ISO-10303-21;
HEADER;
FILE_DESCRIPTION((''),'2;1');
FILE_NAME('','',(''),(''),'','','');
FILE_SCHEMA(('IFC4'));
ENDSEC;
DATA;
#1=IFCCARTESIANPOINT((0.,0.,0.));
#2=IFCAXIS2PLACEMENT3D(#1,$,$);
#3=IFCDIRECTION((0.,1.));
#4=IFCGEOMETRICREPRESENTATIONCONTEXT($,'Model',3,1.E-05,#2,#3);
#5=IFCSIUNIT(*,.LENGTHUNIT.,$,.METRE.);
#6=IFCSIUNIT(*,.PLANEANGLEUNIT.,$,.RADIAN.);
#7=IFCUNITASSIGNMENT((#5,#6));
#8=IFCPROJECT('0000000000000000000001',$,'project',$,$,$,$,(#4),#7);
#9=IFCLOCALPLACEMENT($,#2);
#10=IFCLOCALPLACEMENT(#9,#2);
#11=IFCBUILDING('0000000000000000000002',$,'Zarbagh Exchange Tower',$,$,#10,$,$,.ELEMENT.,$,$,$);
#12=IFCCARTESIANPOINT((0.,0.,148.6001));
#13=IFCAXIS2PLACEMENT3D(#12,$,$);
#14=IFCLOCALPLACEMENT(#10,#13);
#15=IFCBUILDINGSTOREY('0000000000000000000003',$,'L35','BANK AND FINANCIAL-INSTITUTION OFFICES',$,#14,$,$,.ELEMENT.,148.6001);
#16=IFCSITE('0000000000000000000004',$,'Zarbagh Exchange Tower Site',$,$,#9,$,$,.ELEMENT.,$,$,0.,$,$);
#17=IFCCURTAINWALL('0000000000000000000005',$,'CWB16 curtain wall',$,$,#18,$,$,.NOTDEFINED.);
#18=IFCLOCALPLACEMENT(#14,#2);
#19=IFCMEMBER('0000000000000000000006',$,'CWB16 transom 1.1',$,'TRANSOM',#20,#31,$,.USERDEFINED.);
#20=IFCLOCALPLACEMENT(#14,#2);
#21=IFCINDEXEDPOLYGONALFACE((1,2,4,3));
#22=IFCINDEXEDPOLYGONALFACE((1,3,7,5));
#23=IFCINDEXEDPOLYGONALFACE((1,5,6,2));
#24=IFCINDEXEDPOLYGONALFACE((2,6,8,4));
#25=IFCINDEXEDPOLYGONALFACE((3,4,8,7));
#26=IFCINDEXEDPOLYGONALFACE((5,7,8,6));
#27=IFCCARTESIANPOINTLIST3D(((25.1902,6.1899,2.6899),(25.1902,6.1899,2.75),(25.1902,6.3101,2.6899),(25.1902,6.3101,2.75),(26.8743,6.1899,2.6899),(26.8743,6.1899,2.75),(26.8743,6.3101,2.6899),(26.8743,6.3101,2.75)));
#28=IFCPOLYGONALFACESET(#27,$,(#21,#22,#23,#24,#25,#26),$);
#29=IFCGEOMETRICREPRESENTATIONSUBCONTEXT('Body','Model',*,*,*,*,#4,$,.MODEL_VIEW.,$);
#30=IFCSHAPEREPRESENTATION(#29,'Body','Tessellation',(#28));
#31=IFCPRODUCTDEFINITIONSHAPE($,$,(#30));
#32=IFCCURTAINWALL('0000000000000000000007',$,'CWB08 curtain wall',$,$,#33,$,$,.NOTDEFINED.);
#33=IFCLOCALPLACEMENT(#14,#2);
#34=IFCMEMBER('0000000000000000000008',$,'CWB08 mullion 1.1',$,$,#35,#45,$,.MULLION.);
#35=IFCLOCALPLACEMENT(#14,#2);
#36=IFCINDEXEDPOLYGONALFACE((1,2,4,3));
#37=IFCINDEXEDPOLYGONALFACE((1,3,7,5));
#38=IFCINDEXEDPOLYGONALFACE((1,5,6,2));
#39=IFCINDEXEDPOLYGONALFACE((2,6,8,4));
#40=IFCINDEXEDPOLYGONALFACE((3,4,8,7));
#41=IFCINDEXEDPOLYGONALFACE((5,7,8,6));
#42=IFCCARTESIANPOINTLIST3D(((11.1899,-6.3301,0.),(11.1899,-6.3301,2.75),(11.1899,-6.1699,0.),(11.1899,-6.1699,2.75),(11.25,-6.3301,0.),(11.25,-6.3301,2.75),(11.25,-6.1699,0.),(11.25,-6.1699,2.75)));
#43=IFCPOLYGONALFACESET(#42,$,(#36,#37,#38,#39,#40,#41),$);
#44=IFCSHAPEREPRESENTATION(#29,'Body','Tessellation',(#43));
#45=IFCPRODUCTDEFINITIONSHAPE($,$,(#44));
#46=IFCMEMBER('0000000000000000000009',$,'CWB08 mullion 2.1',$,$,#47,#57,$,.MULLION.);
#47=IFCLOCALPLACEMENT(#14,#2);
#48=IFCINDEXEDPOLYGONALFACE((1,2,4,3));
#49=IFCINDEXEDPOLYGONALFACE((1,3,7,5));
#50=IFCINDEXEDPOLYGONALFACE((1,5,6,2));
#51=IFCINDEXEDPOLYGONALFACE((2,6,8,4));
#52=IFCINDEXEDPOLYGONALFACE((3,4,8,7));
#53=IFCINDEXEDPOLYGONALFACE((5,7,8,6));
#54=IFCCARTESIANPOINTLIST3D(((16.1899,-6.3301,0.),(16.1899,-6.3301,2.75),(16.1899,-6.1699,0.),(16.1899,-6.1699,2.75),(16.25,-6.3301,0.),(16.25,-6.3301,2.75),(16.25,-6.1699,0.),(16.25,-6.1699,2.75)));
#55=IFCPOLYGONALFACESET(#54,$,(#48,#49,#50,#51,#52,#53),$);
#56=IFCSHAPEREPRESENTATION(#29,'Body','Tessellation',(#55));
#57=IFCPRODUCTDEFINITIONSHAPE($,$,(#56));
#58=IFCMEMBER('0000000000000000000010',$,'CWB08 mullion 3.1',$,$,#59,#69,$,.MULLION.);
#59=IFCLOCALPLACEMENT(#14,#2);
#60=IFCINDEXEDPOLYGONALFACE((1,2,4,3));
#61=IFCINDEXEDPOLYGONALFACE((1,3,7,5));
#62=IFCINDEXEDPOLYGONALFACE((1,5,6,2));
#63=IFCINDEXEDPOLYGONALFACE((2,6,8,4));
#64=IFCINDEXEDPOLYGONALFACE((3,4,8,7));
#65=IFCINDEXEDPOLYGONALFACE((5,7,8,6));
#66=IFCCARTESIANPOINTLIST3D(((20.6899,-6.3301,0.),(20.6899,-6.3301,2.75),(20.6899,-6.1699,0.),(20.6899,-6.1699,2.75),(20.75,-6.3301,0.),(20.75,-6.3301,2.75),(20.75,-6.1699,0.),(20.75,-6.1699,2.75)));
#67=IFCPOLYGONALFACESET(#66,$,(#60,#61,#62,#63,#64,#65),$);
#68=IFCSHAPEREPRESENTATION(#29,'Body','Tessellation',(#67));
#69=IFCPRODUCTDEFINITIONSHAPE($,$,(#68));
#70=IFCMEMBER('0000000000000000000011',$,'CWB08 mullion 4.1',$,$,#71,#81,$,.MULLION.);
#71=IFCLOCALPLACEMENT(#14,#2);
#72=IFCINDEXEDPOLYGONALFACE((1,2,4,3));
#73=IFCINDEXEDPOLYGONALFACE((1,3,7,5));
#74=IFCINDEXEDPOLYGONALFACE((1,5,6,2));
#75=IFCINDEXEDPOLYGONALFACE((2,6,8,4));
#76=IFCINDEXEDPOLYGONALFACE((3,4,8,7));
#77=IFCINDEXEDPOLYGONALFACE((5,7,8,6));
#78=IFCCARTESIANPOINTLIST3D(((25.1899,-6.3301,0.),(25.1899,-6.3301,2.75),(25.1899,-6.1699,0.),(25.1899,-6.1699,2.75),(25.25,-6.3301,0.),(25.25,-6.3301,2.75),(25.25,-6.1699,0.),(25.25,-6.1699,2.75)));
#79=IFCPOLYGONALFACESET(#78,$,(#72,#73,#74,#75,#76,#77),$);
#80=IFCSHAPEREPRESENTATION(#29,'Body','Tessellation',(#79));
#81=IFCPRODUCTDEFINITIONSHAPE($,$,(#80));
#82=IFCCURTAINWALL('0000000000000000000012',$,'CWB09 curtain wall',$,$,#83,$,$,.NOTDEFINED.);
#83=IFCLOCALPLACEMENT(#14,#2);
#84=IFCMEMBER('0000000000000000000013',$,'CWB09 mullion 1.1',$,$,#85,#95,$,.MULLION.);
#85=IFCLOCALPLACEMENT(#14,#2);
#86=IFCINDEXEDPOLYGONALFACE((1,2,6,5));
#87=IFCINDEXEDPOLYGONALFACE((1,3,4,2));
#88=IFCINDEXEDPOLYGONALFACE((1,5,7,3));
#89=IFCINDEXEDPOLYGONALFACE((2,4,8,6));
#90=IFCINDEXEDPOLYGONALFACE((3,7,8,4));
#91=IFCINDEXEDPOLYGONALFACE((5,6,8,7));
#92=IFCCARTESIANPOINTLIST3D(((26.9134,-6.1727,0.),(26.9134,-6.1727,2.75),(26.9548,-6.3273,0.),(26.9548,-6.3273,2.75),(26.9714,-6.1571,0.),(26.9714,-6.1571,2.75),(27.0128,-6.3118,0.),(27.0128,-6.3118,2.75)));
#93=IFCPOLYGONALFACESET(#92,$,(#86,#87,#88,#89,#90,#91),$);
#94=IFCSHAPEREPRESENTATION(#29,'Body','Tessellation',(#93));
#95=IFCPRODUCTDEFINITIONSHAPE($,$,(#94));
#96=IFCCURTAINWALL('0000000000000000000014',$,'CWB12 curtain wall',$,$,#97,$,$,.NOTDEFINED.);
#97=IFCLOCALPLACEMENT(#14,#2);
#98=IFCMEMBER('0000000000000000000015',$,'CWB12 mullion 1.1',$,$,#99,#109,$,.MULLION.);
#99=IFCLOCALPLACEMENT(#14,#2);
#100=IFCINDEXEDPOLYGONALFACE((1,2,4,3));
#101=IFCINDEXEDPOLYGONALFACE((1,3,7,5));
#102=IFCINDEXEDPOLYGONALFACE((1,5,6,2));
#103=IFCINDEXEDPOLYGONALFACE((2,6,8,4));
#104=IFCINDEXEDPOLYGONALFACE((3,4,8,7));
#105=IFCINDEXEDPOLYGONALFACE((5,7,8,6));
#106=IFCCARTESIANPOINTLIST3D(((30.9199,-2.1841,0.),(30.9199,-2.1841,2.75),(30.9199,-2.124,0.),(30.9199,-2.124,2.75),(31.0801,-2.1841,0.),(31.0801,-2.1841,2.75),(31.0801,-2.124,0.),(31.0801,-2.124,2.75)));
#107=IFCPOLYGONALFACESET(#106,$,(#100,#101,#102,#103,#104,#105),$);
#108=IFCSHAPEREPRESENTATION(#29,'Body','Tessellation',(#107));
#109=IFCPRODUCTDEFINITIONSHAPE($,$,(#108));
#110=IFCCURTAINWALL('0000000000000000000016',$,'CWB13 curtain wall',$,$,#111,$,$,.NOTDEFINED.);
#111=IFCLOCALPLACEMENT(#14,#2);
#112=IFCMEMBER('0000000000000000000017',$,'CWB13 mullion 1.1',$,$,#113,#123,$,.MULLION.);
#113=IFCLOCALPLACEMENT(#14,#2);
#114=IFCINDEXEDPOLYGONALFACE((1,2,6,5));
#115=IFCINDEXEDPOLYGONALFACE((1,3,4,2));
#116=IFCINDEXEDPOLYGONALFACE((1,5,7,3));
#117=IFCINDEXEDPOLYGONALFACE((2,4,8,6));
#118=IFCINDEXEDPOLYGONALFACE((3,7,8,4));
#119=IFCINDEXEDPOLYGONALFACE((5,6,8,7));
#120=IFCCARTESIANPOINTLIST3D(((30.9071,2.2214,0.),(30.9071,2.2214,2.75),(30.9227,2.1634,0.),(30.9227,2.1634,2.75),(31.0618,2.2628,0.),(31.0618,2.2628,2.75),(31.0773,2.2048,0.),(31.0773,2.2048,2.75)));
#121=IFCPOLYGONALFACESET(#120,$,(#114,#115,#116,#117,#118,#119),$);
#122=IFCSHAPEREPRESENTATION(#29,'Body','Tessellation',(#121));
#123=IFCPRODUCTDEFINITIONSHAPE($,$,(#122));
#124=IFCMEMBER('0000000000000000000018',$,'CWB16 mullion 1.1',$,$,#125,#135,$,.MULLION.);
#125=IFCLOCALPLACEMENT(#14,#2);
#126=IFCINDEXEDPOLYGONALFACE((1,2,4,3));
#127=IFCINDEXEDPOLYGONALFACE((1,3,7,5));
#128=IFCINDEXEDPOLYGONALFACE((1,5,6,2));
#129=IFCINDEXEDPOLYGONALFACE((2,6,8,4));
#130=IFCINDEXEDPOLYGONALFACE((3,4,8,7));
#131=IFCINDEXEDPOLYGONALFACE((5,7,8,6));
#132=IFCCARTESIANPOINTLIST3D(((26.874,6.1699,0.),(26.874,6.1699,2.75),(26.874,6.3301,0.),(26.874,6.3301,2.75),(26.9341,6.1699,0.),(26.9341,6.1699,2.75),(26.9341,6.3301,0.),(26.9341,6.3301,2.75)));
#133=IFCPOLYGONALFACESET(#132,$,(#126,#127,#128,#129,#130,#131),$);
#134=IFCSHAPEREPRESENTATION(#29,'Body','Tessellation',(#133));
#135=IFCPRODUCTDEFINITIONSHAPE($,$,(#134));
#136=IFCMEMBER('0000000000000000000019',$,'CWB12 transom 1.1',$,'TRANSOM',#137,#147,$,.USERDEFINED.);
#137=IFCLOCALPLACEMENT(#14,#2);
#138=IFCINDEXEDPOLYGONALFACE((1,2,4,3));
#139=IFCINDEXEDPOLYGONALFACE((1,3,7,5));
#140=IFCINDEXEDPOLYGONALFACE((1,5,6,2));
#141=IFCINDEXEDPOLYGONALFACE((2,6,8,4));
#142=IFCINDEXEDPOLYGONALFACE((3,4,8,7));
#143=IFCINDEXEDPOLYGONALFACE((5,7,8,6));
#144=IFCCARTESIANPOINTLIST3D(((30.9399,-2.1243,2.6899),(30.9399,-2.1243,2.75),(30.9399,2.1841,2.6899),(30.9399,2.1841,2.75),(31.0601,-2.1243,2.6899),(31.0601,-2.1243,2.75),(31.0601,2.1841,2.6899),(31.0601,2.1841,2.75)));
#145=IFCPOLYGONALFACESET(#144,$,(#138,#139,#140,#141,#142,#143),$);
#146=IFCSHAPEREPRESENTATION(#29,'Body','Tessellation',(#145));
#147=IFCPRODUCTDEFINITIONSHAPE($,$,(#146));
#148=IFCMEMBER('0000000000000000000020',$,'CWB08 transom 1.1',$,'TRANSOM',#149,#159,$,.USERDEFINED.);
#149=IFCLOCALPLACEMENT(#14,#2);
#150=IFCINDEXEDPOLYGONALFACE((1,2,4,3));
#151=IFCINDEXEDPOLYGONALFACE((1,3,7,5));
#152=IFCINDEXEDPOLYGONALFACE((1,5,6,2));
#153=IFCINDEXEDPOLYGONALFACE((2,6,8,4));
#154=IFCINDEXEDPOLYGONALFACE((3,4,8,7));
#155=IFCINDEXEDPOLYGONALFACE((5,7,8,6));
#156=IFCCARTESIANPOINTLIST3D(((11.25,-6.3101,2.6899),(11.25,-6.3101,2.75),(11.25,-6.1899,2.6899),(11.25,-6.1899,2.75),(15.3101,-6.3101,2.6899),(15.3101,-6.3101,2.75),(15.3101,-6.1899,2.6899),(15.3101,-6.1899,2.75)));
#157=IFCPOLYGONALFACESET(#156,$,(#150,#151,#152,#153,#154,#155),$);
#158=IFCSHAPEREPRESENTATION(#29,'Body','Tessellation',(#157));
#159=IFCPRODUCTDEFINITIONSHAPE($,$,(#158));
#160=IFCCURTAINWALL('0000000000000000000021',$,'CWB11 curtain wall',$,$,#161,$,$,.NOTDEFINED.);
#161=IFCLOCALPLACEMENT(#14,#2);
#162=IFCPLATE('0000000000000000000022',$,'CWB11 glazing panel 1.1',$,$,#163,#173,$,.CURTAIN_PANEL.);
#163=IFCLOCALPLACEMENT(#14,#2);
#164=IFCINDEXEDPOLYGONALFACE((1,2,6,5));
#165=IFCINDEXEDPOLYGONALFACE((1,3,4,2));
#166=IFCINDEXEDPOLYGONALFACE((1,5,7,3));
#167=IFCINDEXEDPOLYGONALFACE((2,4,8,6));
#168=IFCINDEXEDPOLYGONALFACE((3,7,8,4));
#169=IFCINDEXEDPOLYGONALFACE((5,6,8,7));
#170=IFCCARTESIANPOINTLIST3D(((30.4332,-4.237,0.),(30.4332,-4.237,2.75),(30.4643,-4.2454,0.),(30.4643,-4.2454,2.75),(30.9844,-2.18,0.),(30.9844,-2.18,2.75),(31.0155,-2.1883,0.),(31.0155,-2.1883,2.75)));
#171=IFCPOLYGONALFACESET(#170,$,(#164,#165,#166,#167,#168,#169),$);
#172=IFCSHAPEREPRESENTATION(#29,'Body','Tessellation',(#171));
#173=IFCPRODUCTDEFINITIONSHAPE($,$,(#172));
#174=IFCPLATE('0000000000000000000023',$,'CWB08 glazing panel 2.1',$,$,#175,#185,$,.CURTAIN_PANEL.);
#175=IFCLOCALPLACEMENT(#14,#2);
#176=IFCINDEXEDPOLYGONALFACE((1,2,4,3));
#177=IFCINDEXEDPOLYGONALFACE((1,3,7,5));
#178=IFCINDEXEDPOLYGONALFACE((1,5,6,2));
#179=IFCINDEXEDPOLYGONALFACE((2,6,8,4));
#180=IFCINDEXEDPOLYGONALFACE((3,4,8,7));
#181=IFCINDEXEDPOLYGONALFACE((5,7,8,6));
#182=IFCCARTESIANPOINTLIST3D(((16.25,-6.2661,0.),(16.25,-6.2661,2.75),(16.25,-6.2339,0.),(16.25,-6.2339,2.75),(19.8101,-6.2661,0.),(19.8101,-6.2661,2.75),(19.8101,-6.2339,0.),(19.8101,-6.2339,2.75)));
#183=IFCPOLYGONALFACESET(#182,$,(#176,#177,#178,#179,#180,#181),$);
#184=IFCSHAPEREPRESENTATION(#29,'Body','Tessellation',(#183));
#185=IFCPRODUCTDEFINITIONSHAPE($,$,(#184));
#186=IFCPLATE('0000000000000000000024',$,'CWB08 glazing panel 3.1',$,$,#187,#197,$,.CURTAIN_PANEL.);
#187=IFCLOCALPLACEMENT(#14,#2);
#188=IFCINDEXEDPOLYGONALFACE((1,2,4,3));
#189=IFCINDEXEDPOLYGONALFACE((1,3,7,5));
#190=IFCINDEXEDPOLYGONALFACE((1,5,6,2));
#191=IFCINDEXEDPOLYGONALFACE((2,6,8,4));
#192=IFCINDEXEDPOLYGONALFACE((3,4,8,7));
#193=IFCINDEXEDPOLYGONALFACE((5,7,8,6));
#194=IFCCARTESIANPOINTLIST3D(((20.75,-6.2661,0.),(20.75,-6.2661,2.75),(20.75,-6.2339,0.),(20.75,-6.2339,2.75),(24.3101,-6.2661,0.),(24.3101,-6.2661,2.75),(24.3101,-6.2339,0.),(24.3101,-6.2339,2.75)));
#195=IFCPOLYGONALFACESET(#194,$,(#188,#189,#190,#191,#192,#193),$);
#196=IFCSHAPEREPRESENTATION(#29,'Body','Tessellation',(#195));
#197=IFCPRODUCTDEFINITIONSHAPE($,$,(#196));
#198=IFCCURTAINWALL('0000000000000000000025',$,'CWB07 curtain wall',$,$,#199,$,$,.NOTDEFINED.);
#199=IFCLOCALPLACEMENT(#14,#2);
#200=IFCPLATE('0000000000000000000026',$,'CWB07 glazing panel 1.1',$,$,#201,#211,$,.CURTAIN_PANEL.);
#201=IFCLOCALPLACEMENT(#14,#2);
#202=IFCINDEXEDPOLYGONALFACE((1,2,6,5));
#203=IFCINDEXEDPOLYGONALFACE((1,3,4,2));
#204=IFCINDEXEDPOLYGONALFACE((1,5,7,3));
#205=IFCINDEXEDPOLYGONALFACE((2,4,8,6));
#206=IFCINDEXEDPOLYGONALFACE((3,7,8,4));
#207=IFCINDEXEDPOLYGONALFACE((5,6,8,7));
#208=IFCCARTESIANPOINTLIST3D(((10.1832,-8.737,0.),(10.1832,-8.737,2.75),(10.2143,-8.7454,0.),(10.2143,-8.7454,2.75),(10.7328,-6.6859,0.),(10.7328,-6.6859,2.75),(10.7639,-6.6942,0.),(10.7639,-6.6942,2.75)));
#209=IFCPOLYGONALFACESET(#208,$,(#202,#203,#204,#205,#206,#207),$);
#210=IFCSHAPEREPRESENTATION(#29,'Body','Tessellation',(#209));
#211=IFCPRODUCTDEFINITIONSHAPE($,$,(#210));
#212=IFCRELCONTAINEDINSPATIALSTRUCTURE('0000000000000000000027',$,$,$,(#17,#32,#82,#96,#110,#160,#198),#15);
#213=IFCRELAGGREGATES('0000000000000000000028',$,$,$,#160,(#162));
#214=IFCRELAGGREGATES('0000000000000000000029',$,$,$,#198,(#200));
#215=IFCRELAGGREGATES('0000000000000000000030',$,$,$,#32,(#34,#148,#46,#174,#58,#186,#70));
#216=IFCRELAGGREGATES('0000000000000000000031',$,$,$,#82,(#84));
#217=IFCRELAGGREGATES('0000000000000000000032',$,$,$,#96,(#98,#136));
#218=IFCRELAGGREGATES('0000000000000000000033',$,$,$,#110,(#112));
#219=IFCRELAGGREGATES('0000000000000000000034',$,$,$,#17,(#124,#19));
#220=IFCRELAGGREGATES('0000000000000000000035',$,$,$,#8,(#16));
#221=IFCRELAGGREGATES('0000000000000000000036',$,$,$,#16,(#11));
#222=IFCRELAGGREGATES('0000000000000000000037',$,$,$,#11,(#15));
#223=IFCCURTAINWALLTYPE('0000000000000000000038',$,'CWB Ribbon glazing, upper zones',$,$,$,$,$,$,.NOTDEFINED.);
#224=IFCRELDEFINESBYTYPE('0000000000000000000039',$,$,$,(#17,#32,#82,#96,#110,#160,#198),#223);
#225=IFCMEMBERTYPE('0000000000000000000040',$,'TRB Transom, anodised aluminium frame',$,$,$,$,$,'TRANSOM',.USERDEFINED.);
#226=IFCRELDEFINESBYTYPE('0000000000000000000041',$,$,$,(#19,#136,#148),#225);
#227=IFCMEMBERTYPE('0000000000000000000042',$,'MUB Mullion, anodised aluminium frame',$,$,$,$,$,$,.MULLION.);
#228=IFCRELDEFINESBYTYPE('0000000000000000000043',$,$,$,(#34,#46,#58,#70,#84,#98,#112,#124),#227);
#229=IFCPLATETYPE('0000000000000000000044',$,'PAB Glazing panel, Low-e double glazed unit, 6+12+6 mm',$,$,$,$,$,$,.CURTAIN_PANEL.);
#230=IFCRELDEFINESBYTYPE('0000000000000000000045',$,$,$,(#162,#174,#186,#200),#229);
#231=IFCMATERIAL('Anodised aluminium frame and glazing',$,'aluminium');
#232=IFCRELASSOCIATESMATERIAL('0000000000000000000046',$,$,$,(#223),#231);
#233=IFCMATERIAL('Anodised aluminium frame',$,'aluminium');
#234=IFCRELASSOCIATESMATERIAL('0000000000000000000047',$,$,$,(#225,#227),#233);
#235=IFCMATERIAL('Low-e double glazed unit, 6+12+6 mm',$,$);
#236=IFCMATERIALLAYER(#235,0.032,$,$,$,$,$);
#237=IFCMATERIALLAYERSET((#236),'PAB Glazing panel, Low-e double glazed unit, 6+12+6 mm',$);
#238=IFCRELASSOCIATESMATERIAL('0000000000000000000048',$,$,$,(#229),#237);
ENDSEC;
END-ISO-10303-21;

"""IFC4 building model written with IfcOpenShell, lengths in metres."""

from ifc_helpers import new_model, si_unit, direction, frame, origin, place, context, subcontext, project, spatial, polyline, outline, extrude, source, transform, mapped, material, layer, layer_set, type_object, element, aggregate, save


model = new_model("IFC4")

# Units and contexts
model_context = context("Model", 3, precision=1e-05, world=origin(), true_north=direction((0.0, 1.0)))
body_context = subcontext(model_context, "Body", "Model", "MODEL_VIEW")
ifc_project = project(units=[si_unit("LENGTHUNIT", "METRE"), si_unit("PLANEANGLEUNIT", "RADIAN")], contexts=[model_context])

# Site, building, storey
site_placement = place(None, origin())
site = spatial("IfcSite", under=ifc_project, at=site_placement, Name="Zarbagh Exchange Tower Site", CompositionType="ELEMENT", RefElevation=0.0)
building_placement = place(site_placement, origin())
building = spatial("IfcBuilding", under=site, at=building_placement, Name="Zarbagh Exchange Tower", CompositionType="ELEMENT")
storey_placement = place(building_placement, frame((0.0, 0.0, 148.6001)))
storey = spatial("IfcBuildingStorey", under=building, at=storey_placement, Name="L35", Description="BANK AND FINANCIAL-INSTITUTION OFFICES", CompositionType="ELEMENT", Elevation=148.6001)

# Curtain wall, member
ifc_material_1 = material(Name="Anodised aluminium frame and glazing", Category="aluminium")
curtain_wall_type = type_object("IfcCurtainWallType", Name="CWB Ribbon glazing, upper zones", PredefinedType="NOTDEFINED", material=ifc_material_1)
curtain_wall_1_placement = place(storey_placement, origin())
curtain_wall_1 = element("IfcCurtainWall", 1, at=curtain_wall_1_placement, inside=storey, type_object=curtain_wall_type, Name="CWB16 curtain wall", PredefinedType="NOTDEFINED")
ifc_material_2 = material(Name="Anodised aluminium frame", Category="aluminium")
member_type_1 = type_object("IfcMemberType", Name="TRB Transom, anodised aluminium frame", ElementType="TRANSOM", PredefinedType="USERDEFINED", material=ifc_material_2)
shared_shape_1 = source(origin(), body_context, "Body", "SweptSolid", [
    extrude(outline(polyline([(-0.0601, -0.0601), (0.0, -0.0601), (0.0, 0.0601), (-0.0601, 0.0601), (-0.0601, -0.0601)])), origin(), (0.0, 0.0, 1.0), 1.6841),
])
placement = place(storey_placement, origin())
member_1 = element("IfcMember", 2, at=placement, type_object=member_type_1, Name="CWB16 transom 1.1", ObjectType="TRANSOM", PredefinedType="USERDEFINED", context=body_context, shape_type="MappedRepresentation", body=[
    mapped(shared_shape_1, transform((26.8743, 6.25, 2.75), x_axis=(0.0, 0.0, 1.0), y_axis=(0.0, 1.0, 0.0), z_axis=(-1.0, 0.0, 0.0))),
])

# Curtain wall, members
curtain_wall_2_placement = place(storey_placement, origin())
curtain_wall_2 = element("IfcCurtainWall", 3, at=curtain_wall_2_placement, inside=storey, type_object=curtain_wall_type, Name="CWB08 curtain wall", PredefinedType="NOTDEFINED")
member_type_2 = type_object("IfcMemberType", Name="MUB Mullion, anodised aluminium frame", PredefinedType="MULLION", material=ifc_material_2)
shared_shape_2 = source(origin(), body_context, "Body", "SweptSolid", [
    extrude(outline(polyline([(0.0, -0.0801), (0.0601, -0.0801), (0.0601, 0.0801), (0.0, 0.0801), (0.0, -0.0801)])), origin(), (0.0, 0.0, 1.0), 2.75),
])
member_2 = element("IfcMember", 4, at=placement, type_object=member_type_2, Name="CWB08 mullion 1.1", PredefinedType="MULLION", context=body_context, shape_type="MappedRepresentation", body=[
    mapped(shared_shape_2, transform((11.1899, -6.25, 0.0), x_axis=(1.0, 0.0, 0.0), y_axis=(0.0, 1.0, 0.0), z_axis=(0.0, 0.0, 1.0))),
])
member_3 = element("IfcMember", 5, at=placement, type_object=member_type_2, Name="CWB08 mullion 2.1", PredefinedType="MULLION", context=body_context, shape_type="MappedRepresentation", body=[
    mapped(shared_shape_2, transform((16.1899, -6.25, 0.0), x_axis=(1.0, 0.0, 0.0), y_axis=(0.0, 1.0, 0.0), z_axis=(0.0, 0.0, 1.0))),
])
member_4 = element("IfcMember", 6, at=placement, type_object=member_type_2, Name="CWB08 mullion 3.1", PredefinedType="MULLION", context=body_context, shape_type="MappedRepresentation", body=[
    mapped(shared_shape_2, transform((20.6899, -6.25, 0.0), x_axis=(1.0, 0.0, 0.0), y_axis=(0.0, 1.0, 0.0), z_axis=(0.0, 0.0, 1.0))),
])
member_5 = element("IfcMember", 7, at=placement, type_object=member_type_2, Name="CWB08 mullion 4.1", PredefinedType="MULLION", context=body_context, shape_type="MappedRepresentation", body=[
    mapped(shared_shape_2, transform((25.1899, -6.25, 0.0), x_axis=(1.0, 0.0, 0.0), y_axis=(0.0, 1.0, 0.0), z_axis=(0.0, 0.0, 1.0))),
])

# Curtain walls, members
curtain_wall_3_placement = place(storey_placement, origin())
curtain_wall_3 = element("IfcCurtainWall", 8, at=curtain_wall_3_placement, inside=storey, type_object=curtain_wall_type, Name="CWB09 curtain wall", PredefinedType="NOTDEFINED")
member_6 = element("IfcMember", 9, at=placement, type_object=member_type_2, Name="CWB09 mullion 1.1", PredefinedType="MULLION", context=body_context, shape_type="MappedRepresentation", body=[
    mapped(shared_shape_2, transform((26.9341, -6.25, 0.0), x_axis=(0.965924, 0.258825, 0.0), y_axis=(-0.258825, 0.965924, 0.0), z_axis=(0.0, 0.0, 1.0))),
])
curtain_wall_4_placement = place(storey_placement, origin())
curtain_wall_4 = element("IfcCurtainWall", 10, at=curtain_wall_4_placement, inside=storey, type_object=curtain_wall_type, Name="CWB12 curtain wall", PredefinedType="NOTDEFINED")
member_7 = element("IfcMember", 11, at=placement, type_object=member_type_2, Name="CWB12 mullion 1.1", PredefinedType="MULLION", context=body_context, shape_type="MappedRepresentation", body=[
    mapped(shared_shape_2, transform((31.0, -2.1841, 0.0), x_axis=(0.0, 1.0, 0.0), y_axis=(-1.0, 0.0, 0.0), z_axis=(0.0, 0.0, 1.0))),
])
curtain_wall_5_placement = place(storey_placement, origin())
curtain_wall_5 = element("IfcCurtainWall", 12, at=curtain_wall_5_placement, inside=storey, type_object=curtain_wall_type, Name="CWB13 curtain wall", PredefinedType="NOTDEFINED")
member_8 = element("IfcMember", 13, at=placement, type_object=member_type_2, Name="CWB13 mullion 1.1", PredefinedType="MULLION", context=body_context, shape_type="MappedRepresentation", body=[
    mapped(shared_shape_2, transform((31.0, 2.1841, 0.0), x_axis=(-0.258825, 0.965924, 0.0), y_axis=(-0.965924, -0.258825, 0.0), z_axis=(0.0, 0.0, 1.0))),
])

# Members
member_9 = element("IfcMember", 14, at=placement, type_object=member_type_2, Name="CWB16 mullion 1.1", PredefinedType="MULLION", context=body_context, shape_type="MappedRepresentation", body=[
    mapped(shared_shape_2, transform((26.9341, 6.25, 0.0), x_axis=(-1.0, 0.0, 0.0), y_axis=(0.0, -1.0, 0.0), z_axis=(0.0, 0.0, 1.0))),
])
shared_shape_3 = source(origin(), body_context, "Body", "SweptSolid", [
    extrude(outline(polyline([(-0.0601, -0.0601), (0.0, -0.0601), (0.0, 0.0601), (-0.0601, 0.0601), (-0.0601, -0.0601)])), origin(), (0.0, 0.0, 1.0), 4.3083),
])
member_10 = element("IfcMember", 15, at=placement, type_object=member_type_1, Name="CWB12 transom 1.1", ObjectType="TRANSOM", PredefinedType="USERDEFINED", context=body_context, shape_type="MappedRepresentation", body=[
    mapped(shared_shape_3, transform((31.0, -2.1243, 2.75), x_axis=(0.0, 0.0, 1.0), y_axis=(1.0, 0.0, 0.0), z_axis=(0.0, 1.0, 0.0))),
])
shared_shape_4 = source(origin(), body_context, "Body", "SweptSolid", [
    extrude(outline(polyline([(-0.0601, -0.0601), (0.0, -0.0601), (0.0, 0.0601), (-0.0601, 0.0601), (-0.0601, -0.0601)])), origin(), (0.0, 0.0, 1.0), 4.0601),
])
member_11 = element("IfcMember", 16, at=placement, type_object=member_type_1, Name="CWB08 transom 1.1", ObjectType="TRANSOM", PredefinedType="USERDEFINED", context=body_context, shape_type="MappedRepresentation", body=[
    mapped(shared_shape_4, transform((11.25, -6.25, 2.75), x_axis=(0.0, 0.0, 1.0), y_axis=(0.0, -1.0, 0.0), z_axis=(1.0, 0.0, 0.0))),
])

# Curtain wall, plate
curtain_wall_6_placement = place(storey_placement, origin())
curtain_wall_6 = element("IfcCurtainWall", 17, at=curtain_wall_6_placement, inside=storey, type_object=curtain_wall_type, Name="CWB11 curtain wall", PredefinedType="NOTDEFINED")
ifc_material_3 = material(Name="Low-e double glazed unit, 6+12+6 mm")
ifc_layer = layer(ifc_material_3, 0.032)
ifc_layer_set = layer_set([ifc_layer], Name="PAB Glazing panel, Low-e double glazed unit, 6+12+6 mm")
plate_type = type_object("IfcPlateType", Name="PAB Glazing panel, Low-e double glazed unit, 6+12+6 mm", PredefinedType="CURTAIN_PANEL", material=ifc_layer_set)
shared_shape_5 = source(origin(), body_context, "Body", "SweptSolid", [
    extrude(outline(polyline([(0.0, -0.0161), (2.1296, -0.0161), (2.1296, 0.0161), (0.0, 0.0161), (0.0, -0.0161)])), origin(), (0.0, 0.0, 1.0), 2.75),
])
plate_1 = element("IfcPlate", 18, at=placement, type_object=plate_type, Name="CWB11 glazing panel 1.1", PredefinedType="CURTAIN_PANEL", context=body_context, shape_type="MappedRepresentation", body=[
    mapped(shared_shape_5, transform((30.4487, -4.2412, 0.0), x_axis=(0.258825, 0.965924, 0.0), y_axis=(-0.965924, 0.258825, 0.0), z_axis=(0.0, 0.0, 1.0))),
])
aggregate(curtain_wall_6, [plate_1])

# Plates
shared_shape_6 = source(origin(), body_context, "Body", "SweptSolid", [
    extrude(outline(polyline([(0.0, -0.0161), (3.5601, -0.0161), (3.5601, 0.0161), (0.0, 0.0161), (0.0, -0.0161)])), origin(), (0.0, 0.0, 1.0), 2.75),
])
plate_2 = element("IfcPlate", 19, at=placement, type_object=plate_type, Name="CWB08 glazing panel 2.1", PredefinedType="CURTAIN_PANEL", context=body_context, shape_type="MappedRepresentation", body=[
    mapped(shared_shape_6, transform((16.25, -6.25, 0.0), x_axis=(1.0, 0.0, 0.0), y_axis=(0.0, 1.0, 0.0), z_axis=(0.0, 0.0, 1.0))),
])
plate_3 = element("IfcPlate", 20, at=placement, type_object=plate_type, Name="CWB08 glazing panel 3.1", PredefinedType="CURTAIN_PANEL", context=body_context, shape_type="MappedRepresentation", body=[
    mapped(shared_shape_6, transform((20.75, -6.25, 0.0), x_axis=(1.0, 0.0, 0.0), y_axis=(0.0, 1.0, 0.0), z_axis=(0.0, 0.0, 1.0))),
])

# Curtain wall, plate
curtain_wall_7_placement = place(storey_placement, origin())
curtain_wall_7 = element("IfcCurtainWall", 21, at=curtain_wall_7_placement, inside=storey, type_object=curtain_wall_type, Name="CWB07 curtain wall", PredefinedType="NOTDEFINED")
shared_shape_7 = source(origin(), body_context, "Body", "SweptSolid", [
    extrude(outline(polyline([(0.0, -0.0161), (2.1235, -0.0161), (2.1235, 0.0161), (0.0, 0.0161), (0.0, -0.0161)])), origin(), (0.0, 0.0, 1.0), 2.75),
])
plate_4 = element("IfcPlate", 22, at=placement, type_object=plate_type, Name="CWB07 glazing panel 1.1", PredefinedType="CURTAIN_PANEL", context=body_context, shape_type="MappedRepresentation", body=[
    mapped(shared_shape_7, transform((10.1987, -8.7412, 0.0), x_axis=(0.258825, 0.965924, 0.0), y_axis=(-0.965924, 0.258825, 0.0), z_axis=(0.0, 0.0, 1.0))),
])
aggregate(curtain_wall_7, [plate_4])

aggregate(curtain_wall_2, [member_2, member_11, member_3, plate_2, member_4, plate_3, member_5])
aggregate(curtain_wall_3, [member_6])

aggregate(curtain_wall_4, [member_7, member_10])
aggregate(curtain_wall_5, [member_8])

aggregate(curtain_wall_1, [member_9, member_1])

save(model, "model.ifc")
